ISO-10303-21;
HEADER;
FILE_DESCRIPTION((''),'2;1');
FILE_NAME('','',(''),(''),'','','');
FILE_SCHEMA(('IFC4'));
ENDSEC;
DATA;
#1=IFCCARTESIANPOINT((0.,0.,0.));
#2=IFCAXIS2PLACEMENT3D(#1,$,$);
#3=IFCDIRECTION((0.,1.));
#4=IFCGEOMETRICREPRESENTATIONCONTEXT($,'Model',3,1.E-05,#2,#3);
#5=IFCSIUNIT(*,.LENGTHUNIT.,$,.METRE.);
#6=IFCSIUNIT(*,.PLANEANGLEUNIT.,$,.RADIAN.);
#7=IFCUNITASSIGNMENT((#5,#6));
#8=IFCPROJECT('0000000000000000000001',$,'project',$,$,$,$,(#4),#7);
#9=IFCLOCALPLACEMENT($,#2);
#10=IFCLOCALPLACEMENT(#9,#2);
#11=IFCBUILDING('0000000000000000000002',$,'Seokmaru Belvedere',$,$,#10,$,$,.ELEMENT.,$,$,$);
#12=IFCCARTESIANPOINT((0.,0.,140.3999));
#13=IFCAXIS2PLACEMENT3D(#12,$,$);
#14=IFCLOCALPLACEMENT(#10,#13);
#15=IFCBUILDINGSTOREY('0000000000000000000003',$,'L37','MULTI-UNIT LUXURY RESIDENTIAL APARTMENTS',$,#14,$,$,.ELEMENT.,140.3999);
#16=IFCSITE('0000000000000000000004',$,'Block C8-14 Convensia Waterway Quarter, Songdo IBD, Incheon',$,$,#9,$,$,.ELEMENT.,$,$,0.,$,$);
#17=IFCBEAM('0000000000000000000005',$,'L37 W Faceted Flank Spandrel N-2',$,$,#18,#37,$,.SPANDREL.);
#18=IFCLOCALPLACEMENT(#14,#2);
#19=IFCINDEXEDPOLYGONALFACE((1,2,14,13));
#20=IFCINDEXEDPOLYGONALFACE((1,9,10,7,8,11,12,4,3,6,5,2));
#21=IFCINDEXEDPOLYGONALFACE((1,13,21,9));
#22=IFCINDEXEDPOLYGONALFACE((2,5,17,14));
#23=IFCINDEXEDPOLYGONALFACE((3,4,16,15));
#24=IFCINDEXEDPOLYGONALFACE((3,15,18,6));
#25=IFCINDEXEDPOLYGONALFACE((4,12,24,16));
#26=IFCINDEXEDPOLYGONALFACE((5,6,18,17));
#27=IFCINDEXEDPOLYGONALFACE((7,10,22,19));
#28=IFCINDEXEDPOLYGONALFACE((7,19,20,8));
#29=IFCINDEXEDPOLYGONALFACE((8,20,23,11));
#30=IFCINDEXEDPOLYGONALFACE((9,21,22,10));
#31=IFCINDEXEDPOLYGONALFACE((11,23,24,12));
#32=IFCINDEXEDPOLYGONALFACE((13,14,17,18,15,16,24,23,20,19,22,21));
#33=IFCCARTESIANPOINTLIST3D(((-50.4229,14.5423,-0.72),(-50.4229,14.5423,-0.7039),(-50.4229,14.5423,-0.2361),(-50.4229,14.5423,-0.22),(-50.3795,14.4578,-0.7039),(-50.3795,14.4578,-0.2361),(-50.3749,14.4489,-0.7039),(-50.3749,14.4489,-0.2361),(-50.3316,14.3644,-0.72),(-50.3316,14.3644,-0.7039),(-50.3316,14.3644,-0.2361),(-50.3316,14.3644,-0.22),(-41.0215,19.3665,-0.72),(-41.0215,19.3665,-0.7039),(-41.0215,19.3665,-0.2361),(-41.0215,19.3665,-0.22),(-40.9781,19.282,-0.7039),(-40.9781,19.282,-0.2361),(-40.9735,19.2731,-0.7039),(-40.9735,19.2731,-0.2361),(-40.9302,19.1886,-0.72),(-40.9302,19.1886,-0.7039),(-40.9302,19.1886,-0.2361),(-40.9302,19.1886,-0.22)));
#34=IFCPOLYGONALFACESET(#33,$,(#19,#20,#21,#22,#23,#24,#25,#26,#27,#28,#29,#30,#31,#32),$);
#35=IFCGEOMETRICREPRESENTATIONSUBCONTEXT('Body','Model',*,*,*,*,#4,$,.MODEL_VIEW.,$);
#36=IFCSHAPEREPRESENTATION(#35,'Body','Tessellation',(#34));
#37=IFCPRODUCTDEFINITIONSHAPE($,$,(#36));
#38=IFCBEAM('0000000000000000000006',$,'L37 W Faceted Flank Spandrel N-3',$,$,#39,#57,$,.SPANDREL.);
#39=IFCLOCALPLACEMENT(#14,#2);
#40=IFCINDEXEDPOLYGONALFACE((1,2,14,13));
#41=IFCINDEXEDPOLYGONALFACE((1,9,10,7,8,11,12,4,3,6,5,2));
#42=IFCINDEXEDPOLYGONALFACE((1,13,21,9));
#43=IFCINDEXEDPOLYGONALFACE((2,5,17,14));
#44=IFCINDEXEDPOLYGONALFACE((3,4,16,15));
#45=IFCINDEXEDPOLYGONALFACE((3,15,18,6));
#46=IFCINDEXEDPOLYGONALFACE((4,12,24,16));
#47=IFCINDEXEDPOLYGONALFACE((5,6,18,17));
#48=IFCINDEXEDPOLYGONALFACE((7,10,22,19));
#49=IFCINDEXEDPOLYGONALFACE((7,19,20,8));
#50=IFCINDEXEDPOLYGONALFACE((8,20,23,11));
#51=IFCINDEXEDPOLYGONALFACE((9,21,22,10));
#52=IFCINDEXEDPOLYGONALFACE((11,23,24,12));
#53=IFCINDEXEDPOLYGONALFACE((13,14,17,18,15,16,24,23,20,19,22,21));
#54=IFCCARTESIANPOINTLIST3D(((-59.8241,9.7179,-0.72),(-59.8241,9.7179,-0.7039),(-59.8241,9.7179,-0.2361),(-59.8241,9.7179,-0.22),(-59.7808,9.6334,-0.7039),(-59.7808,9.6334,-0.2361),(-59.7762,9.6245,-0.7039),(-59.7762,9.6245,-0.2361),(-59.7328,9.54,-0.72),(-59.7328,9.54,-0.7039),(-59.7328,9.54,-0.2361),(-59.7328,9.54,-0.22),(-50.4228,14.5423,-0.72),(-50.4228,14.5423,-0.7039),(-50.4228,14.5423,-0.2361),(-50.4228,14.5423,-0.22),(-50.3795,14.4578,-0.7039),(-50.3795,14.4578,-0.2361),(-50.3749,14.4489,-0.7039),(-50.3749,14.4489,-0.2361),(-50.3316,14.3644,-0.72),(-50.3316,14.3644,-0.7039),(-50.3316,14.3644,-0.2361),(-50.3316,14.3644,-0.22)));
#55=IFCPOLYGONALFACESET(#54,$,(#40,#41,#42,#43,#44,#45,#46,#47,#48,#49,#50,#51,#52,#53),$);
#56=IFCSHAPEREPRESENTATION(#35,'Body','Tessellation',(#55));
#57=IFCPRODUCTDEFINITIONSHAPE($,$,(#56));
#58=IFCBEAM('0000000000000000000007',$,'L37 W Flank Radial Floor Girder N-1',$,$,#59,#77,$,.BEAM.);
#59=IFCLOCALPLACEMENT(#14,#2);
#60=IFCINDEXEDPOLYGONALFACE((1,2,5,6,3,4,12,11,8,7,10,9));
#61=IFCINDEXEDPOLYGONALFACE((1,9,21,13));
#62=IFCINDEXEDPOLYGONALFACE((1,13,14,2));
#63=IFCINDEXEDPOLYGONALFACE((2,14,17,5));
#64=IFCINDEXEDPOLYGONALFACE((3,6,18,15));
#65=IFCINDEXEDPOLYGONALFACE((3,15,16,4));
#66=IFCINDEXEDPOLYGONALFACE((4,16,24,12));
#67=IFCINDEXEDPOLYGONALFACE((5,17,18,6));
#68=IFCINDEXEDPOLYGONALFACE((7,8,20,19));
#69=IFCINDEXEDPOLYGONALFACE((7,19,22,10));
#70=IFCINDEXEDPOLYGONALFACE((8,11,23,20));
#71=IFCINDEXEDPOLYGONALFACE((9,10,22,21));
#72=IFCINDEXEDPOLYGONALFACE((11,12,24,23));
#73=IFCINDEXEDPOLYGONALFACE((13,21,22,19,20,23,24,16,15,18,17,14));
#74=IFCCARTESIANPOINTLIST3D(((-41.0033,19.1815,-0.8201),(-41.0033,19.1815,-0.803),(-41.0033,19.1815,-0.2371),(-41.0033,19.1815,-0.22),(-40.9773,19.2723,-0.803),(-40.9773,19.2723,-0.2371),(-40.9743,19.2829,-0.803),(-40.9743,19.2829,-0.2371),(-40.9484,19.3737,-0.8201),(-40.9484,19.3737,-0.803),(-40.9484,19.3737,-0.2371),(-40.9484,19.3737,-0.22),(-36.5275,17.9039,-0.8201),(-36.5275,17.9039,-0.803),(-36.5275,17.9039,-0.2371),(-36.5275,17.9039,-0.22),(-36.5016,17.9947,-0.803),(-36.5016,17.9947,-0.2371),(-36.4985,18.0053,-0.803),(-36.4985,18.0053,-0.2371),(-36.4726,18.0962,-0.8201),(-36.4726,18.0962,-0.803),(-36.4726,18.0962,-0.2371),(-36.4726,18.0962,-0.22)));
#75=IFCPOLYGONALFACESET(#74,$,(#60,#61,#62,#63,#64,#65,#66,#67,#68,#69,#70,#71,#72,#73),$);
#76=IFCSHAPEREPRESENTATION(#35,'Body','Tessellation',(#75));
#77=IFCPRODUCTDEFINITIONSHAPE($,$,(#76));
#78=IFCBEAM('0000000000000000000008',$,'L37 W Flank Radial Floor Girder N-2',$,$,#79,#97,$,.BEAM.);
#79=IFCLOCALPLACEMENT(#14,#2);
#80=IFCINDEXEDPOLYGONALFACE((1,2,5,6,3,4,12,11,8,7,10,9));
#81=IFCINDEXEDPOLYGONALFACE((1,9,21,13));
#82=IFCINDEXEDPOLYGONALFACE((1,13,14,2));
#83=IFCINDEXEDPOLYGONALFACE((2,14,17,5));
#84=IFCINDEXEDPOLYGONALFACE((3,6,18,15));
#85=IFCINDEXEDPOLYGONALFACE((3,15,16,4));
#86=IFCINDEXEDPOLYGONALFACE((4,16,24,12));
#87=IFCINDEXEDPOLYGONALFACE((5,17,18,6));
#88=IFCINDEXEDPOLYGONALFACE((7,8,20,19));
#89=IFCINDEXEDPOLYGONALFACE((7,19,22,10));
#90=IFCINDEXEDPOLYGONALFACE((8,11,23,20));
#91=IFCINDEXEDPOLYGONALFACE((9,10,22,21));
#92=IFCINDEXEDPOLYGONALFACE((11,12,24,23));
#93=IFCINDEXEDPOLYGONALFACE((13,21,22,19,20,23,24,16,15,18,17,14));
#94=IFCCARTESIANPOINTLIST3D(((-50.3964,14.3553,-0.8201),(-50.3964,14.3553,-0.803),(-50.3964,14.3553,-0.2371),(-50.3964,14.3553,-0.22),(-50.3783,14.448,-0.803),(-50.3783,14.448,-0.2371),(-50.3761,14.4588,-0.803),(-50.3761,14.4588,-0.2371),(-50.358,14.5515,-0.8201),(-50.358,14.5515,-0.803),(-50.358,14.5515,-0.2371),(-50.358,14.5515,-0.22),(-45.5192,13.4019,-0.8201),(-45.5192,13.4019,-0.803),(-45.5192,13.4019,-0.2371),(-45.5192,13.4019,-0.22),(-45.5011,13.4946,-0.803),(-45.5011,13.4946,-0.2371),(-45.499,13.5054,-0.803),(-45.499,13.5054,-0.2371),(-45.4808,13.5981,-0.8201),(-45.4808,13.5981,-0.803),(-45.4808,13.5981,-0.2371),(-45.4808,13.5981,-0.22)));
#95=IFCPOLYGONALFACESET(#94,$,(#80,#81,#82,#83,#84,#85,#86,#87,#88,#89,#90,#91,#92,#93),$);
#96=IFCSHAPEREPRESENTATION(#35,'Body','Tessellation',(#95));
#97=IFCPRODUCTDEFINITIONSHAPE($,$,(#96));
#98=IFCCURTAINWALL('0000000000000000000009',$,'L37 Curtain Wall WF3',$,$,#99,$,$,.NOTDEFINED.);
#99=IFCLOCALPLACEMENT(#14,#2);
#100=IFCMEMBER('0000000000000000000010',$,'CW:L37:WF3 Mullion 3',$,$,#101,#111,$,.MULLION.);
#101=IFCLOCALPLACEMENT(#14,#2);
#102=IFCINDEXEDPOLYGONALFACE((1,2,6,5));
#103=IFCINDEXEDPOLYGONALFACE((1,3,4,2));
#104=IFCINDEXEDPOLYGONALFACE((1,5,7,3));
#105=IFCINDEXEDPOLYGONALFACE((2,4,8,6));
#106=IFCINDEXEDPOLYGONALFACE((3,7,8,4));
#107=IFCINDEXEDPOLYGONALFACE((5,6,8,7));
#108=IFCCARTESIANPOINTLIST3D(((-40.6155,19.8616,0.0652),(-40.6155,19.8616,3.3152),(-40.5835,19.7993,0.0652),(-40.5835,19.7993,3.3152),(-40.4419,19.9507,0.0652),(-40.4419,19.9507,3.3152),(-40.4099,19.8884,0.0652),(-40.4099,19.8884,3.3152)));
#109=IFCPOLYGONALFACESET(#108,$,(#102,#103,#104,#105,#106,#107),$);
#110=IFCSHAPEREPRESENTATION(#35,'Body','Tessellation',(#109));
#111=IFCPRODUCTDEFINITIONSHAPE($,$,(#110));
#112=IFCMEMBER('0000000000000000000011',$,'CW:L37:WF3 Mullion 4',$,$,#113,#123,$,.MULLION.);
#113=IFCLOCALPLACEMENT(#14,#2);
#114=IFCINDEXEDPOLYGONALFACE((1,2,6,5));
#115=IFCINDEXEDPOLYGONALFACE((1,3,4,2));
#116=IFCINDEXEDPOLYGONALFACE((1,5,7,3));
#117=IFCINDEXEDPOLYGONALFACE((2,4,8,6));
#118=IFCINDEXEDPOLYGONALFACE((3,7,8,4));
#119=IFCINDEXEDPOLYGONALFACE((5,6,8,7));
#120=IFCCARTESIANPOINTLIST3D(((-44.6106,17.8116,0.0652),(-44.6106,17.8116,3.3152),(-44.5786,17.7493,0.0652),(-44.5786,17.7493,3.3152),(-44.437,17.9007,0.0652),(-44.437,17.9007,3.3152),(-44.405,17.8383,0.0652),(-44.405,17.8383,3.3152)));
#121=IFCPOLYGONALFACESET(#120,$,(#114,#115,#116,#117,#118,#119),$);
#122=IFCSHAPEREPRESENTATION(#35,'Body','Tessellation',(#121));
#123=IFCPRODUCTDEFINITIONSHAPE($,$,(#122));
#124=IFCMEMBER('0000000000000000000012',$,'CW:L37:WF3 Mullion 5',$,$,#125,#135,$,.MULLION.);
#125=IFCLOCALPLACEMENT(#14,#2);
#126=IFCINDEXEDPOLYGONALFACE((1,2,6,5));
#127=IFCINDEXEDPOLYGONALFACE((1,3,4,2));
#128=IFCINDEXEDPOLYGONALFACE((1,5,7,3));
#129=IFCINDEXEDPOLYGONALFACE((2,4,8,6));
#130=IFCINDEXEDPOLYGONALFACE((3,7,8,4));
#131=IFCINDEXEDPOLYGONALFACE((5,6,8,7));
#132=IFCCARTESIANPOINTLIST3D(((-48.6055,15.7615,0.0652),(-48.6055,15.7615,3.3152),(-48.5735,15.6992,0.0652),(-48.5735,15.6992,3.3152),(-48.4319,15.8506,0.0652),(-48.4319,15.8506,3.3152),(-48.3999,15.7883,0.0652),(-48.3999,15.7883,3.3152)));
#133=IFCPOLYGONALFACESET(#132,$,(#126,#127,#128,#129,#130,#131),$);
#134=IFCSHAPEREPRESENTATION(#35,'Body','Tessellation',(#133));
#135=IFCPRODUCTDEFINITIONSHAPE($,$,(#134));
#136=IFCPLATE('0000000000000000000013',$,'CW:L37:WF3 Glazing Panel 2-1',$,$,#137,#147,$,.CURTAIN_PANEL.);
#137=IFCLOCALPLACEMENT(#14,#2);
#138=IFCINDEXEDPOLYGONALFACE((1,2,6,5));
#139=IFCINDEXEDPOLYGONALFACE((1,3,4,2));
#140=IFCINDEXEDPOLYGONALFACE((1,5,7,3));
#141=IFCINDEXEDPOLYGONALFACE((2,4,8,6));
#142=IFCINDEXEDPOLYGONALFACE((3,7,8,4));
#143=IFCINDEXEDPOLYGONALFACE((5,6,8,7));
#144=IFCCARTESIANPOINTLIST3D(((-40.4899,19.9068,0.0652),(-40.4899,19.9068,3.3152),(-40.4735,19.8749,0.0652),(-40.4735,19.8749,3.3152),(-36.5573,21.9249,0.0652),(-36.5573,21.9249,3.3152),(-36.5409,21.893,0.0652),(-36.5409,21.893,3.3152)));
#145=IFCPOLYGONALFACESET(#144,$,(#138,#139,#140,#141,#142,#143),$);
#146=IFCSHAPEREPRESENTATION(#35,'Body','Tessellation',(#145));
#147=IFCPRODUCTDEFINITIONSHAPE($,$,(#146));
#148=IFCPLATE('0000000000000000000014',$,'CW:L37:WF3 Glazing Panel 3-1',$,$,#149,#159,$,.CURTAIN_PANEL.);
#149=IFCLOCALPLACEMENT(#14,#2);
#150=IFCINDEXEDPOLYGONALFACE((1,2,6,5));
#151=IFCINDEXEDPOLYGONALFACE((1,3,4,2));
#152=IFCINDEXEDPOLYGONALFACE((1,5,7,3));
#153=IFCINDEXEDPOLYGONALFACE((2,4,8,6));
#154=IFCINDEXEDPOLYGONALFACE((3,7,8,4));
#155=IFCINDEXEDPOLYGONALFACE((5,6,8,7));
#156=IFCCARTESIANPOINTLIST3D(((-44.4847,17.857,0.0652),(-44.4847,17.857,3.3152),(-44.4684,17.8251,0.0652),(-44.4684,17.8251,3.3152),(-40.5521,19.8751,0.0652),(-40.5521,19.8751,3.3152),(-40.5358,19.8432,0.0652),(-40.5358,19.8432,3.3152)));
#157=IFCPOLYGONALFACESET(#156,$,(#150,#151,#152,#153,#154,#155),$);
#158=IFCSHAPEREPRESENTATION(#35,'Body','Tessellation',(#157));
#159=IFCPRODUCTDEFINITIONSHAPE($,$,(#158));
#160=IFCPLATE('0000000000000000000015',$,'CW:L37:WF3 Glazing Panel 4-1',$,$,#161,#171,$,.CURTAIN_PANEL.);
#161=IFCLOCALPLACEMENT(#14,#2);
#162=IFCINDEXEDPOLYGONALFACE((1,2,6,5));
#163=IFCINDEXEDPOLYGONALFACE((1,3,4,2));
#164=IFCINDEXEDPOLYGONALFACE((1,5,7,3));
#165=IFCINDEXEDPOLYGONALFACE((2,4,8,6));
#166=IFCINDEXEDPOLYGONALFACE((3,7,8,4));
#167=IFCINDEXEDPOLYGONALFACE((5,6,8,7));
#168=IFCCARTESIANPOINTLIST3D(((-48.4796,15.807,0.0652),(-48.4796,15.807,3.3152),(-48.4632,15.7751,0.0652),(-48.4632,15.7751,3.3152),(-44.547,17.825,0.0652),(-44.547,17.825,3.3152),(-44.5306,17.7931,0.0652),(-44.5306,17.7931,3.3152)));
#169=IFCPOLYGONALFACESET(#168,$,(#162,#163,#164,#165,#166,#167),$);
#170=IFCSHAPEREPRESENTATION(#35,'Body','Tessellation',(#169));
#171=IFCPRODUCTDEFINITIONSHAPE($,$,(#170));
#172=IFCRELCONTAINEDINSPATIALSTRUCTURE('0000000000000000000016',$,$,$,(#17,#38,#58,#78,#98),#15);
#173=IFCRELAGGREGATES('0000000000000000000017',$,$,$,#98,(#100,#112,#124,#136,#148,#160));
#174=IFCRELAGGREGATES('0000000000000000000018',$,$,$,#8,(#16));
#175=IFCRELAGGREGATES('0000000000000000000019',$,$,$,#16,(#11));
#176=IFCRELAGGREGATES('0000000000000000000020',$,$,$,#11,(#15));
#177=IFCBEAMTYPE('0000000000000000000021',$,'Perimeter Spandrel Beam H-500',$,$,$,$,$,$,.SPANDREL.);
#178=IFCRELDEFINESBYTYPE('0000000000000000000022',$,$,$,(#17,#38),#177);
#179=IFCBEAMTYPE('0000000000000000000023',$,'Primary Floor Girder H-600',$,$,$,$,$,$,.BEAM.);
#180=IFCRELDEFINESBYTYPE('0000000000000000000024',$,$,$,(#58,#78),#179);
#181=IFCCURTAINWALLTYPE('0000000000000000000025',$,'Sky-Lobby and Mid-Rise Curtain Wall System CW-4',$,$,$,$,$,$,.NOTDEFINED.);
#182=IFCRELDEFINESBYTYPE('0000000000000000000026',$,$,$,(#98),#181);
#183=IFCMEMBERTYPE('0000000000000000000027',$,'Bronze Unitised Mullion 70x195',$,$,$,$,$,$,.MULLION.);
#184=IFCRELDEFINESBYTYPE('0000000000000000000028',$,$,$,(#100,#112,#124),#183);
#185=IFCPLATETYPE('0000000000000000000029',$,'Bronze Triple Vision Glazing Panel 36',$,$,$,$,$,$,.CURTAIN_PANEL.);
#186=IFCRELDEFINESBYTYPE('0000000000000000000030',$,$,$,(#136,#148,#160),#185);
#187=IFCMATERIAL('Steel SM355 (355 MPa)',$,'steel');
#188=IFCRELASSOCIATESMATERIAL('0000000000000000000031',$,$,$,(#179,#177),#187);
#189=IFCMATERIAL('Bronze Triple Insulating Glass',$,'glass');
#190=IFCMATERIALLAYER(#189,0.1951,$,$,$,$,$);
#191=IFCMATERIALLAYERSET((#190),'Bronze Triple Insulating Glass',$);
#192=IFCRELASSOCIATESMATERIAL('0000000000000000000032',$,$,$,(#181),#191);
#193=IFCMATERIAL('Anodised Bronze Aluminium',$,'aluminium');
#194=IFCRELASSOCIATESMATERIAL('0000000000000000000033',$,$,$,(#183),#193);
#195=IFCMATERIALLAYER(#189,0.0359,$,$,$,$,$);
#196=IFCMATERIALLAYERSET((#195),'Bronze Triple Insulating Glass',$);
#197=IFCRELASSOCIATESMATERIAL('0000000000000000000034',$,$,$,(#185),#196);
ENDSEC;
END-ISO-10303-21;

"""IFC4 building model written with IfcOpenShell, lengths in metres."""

from ifc_helpers import new_model, si_unit, direction, frame, origin, origin_2d, place, context, subcontext, project, spatial, rectangle, i_section, extrude, source, transform, mapped, material, layer, layer_set, material_profile, profile_set, type_object, type_shapes, element, aggregate, save


model = new_model("IFC4")

# Units and contexts
model_context = context("Model", 3, precision=1e-05, world=origin(), true_north=direction((0.0, 1.0)))
body_context = subcontext(model_context, "Body", "Model", "MODEL_VIEW")
ifc_project = project(units=[si_unit("LENGTHUNIT", "METRE"), si_unit("PLANEANGLEUNIT", "RADIAN")], contexts=[model_context])

# Site, building, storey
site_placement = place(None, origin())
site = spatial("IfcSite", under=ifc_project, at=site_placement, Name="Block C8-14 Convensia Waterway Quarter, Songdo IBD, Incheon", CompositionType="ELEMENT", RefElevation=0.0)
building_placement = place(site_placement, origin())
building = spatial("IfcBuilding", under=site, at=building_placement, Name="Seokmaru Belvedere", CompositionType="ELEMENT")
storey_placement = place(building_placement, frame((0.0, 0.0, 140.3999)))
storey = spatial("IfcBuildingStorey", under=building, at=storey_placement, Name="L37", Description="MULTI-UNIT LUXURY RESIDENTIAL APARTMENTS", CompositionType="ELEMENT", Elevation=140.3999)

# Shared definitions
ifc_material_1 = material(Name="Steel SM355 (355 MPa)", Category="steel")

# Beams
ifc_material_profile_1 = material_profile(ifc_material_1, i_section(OverallWidth=0.2, OverallDepth=0.6001, WebThickness=0.011, FlangeThickness=0.0171, at=origin_2d()), Name="H-600x200x11x17")
ifc_profile_set_1 = profile_set([ifc_material_profile_1], Name="Steel SM355 (355 MPa)")
beam_type_1 = type_object("IfcBeamType", Name="Primary Floor Girder H-600", PredefinedType="BEAM", material=ifc_profile_set_1)
ifc_material_profile_2 = material_profile(ifc_material_1, i_section(OverallWidth=0.2, OverallDepth=0.5, WebThickness=0.01, FlangeThickness=0.0161, at=origin_2d()), Name="H-500x200x10x16")
ifc_profile_set_2 = profile_set([ifc_material_profile_2], Name="Steel SM355 (355 MPa)")
beam_type_2 = type_object("IfcBeamType", Name="Perimeter Spandrel Beam H-500", PredefinedType="SPANDREL", material=ifc_profile_set_2)
shared_shape_1 = source(origin(), body_context, "Body", "SweptSolid", [
    extrude(i_section(OverallWidth=0.2, OverallDepth=0.5, WebThickness=0.01, FlangeThickness=0.0161, at=origin_2d()), origin(), (0.0, 0.0, 1.0), 10.5669),
])
type_shapes(beam_type_2, [shared_shape_1])
for number, where, z_axis, x_axis, name in (
    (1, (-40.9758, 19.2776, -0.47), (-0.889702, -0.456542, 0.0), (0.456542, -0.889702, 0.0), "L37 W Faceted Flank Spandrel N-2"),
    (2, (-50.3772, 14.4534, -0.47), (-0.889693, -0.45656, 0.0), (0.45656, -0.889693, 0.0), "L37 W Faceted Flank Spandrel N-3"),
):
    element("IfcBeam", number, at=place(storey_placement, frame(where, z_axis=z_axis, x_axis=x_axis)), inside=storey, type_object=beam_type_2, Name=name, PredefinedType="SPANDREL", context=body_context, shape_type="MappedRepresentation", body=[
        mapped(shared_shape_1, transform((0.0, 0.0, 0.0), scale=1.0)),
    ])
shared_shape_2 = source(origin(), body_context, "Body", "SweptSolid", [
    extrude(i_section(OverallWidth=0.2, OverallDepth=0.6001, WebThickness=0.011, FlangeThickness=0.0171, at=origin_2d()), origin(), (0.0, 0.0, 1.0), 4.6545),
])
beam_1_placement = place(storey_placement, frame((-40.9758, 19.2776, -0.52), z_axis=(0.961593, -0.274479, 0.0), x_axis=(0.274479, 0.961593, 0.0)))
element("IfcBeam", 3, at=beam_1_placement, inside=storey, type_object=beam_type_1, Name="L37 W Flank Radial Floor Girder N-1", PredefinedType="BEAM", context=body_context, shape_type="MappedRepresentation", body=[
    mapped(shared_shape_2, transform((0.0, 0.0, 0.0), scale=1.0)),
])
shared_shape_3 = source(origin(), body_context, "Body", "SweptSolid", [
    extrude(i_section(OverallWidth=0.2, OverallDepth=0.6001, WebThickness=0.011, FlangeThickness=0.0171, at=origin_2d()), origin(), (0.0, 0.0, 1.0), 4.9695),
])
beam_2_placement = place(storey_placement, frame((-50.3772, 14.4534, -0.52), z_axis=(0.981425, -0.191844, 0.0), x_axis=(0.191844, 0.981425, 0.0)))
element("IfcBeam", 4, at=beam_2_placement, inside=storey, type_object=beam_type_1, Name="L37 W Flank Radial Floor Girder N-2", PredefinedType="BEAM", context=body_context, shape_type="MappedRepresentation", body=[
    mapped(shared_shape_3, transform((0.0, 0.0, 0.0), scale=1.0)),
])

# Curtain wall, members, plates
ifc_material_2 = material(Name="Bronze Triple Insulating Glass", Category="glass")
ifc_layer_1 = layer(ifc_material_2, 0.1951)
ifc_layer_set_1 = layer_set([ifc_layer_1], Name="Bronze Triple Insulating Glass")
curtain_wall_type = type_object("IfcCurtainWallType", Name="Sky-Lobby and Mid-Rise Curtain Wall System CW-4", PredefinedType="NOTDEFINED", material=ifc_layer_set_1)
curtain_wall_placement = place(storey_placement, origin())
curtain_wall = element("IfcCurtainWall", 5, at=curtain_wall_placement, inside=storey, type_object=curtain_wall_type, Name="L37 Curtain Wall WF3", PredefinedType="NOTDEFINED")
ifc_material_3 = material(Name="Anodised Bronze Aluminium", Category="aluminium")
ifc_material_profile_3 = material_profile(ifc_material_3, rectangle(XDim=0.0701, YDim=0.1951, at=origin_2d()), Name="CW-M-70x195")
ifc_profile_set_3 = profile_set([ifc_material_profile_3], Name="Anodised Bronze Aluminium")
member_type = type_object("IfcMemberType", Name="Bronze Unitised Mullion 70x195", PredefinedType="MULLION", material=ifc_profile_set_3)
shared_shape_4 = source(origin(), body_context, "Body", "SweptSolid", [
    extrude(rectangle(XDim=0.0701, YDim=0.1951, at=origin_2d()), origin(), (0.0, 0.0, 1.0), 3.25),
])
type_shapes(member_type, [shared_shape_4])
member_1_placement = place(storey_placement, frame((-40.5127, 19.875, 0.0652), z_axis=(0.0, 0.0, 1.0), x_axis=(0.456555, -0.889695, 0.0)))
member_1 = element("IfcMember", 6, at=member_1_placement, type_object=member_type, Name="CW:L37:WF3 Mullion 3", PredefinedType="MULLION", context=body_context, shape_type="MappedRepresentation", body=[
    mapped(shared_shape_4, transform((0.0, 0.0, 0.0), scale=1.0)),
])
member_2_placement = place(storey_placement, frame((-44.5078, 17.825, 0.0652), z_axis=(0.0, 0.0, 1.0), x_axis=(0.456555, -0.889695, 0.0)))
member_2 = element("IfcMember", 7, at=member_2_placement, type_object=member_type, Name="CW:L37:WF3 Mullion 4", PredefinedType="MULLION", context=body_context, shape_type="MappedRepresentation", body=[
    mapped(shared_shape_4, transform((0.0, 0.0, 0.0), scale=1.0)),
])
member_3_placement = place(storey_placement, frame((-48.5027, 15.7749, 0.0652), z_axis=(0.0, 0.0, 1.0), x_axis=(0.456555, -0.889695, 0.0)))
member_3 = element("IfcMember", 8, at=member_3_placement, type_object=member_type, Name="CW:L37:WF3 Mullion 5", PredefinedType="MULLION", context=body_context, shape_type="MappedRepresentation", body=[
    mapped(shared_shape_4, transform((0.0, 0.0, 0.0), scale=1.0)),
])
ifc_layer_2 = layer(ifc_material_2, 0.0359)
ifc_layer_set_2 = layer_set([ifc_layer_2], Name="Bronze Triple Insulating Glass")
plate_type = type_object("IfcPlateType", Name="Bronze Triple Vision Glazing Panel 36", PredefinedType="CURTAIN_PANEL", material=ifc_layer_set_2)
shared_shape_5 = source(origin(), body_context, "Body", "SweptSolid", [
    extrude(rectangle(XDim=4.4202, YDim=0.0359, at=origin_2d()), origin(), (0.0, 0.0, 1.0), 3.25),
])
type_shapes(plate_type, [shared_shape_5])
plate_1_placement = place(storey_placement, frame((-38.5154, 20.8999, 0.0652), z_axis=(0.0, 0.0, 1.0), x_axis=(-0.889695, -0.456555, 0.0)))
plate_1 = element("IfcPlate", 9, at=plate_1_placement, type_object=plate_type, Name="CW:L37:WF3 Glazing Panel 2-1", PredefinedType="CURTAIN_PANEL", context=body_context, shape_type="MappedRepresentation", body=[
    mapped(shared_shape_5, transform((0.0, 0.0, 0.0), scale=1.0)),
])
plate_2_placement = place(storey_placement, frame((-42.5103, 18.8501, 0.0652), z_axis=(0.0, 0.0, 1.0), x_axis=(-0.889695, -0.456555, 0.0)))
plate_2 = element("IfcPlate", 10, at=plate_2_placement, type_object=plate_type, Name="CW:L37:WF3 Glazing Panel 3-1", PredefinedType="CURTAIN_PANEL", context=body_context, shape_type="MappedRepresentation", body=[
    mapped(shared_shape_5, transform((0.0, 0.0, 0.0), scale=1.0)),
])
plate_3_placement = place(storey_placement, frame((-46.5051, 16.8, 0.0652), z_axis=(0.0, 0.0, 1.0), x_axis=(-0.889695, -0.456555, 0.0)))
plate_3 = element("IfcPlate", 11, at=plate_3_placement, type_object=plate_type, Name="CW:L37:WF3 Glazing Panel 4-1", PredefinedType="CURTAIN_PANEL", context=body_context, shape_type="MappedRepresentation", body=[
    mapped(shared_shape_5, transform((0.0, 0.0, 0.0), scale=1.0)),
])
aggregate(curtain_wall, [member_1, member_2, member_3, plate_1, plate_2, plate_3])

save(model, "model.ifc")
